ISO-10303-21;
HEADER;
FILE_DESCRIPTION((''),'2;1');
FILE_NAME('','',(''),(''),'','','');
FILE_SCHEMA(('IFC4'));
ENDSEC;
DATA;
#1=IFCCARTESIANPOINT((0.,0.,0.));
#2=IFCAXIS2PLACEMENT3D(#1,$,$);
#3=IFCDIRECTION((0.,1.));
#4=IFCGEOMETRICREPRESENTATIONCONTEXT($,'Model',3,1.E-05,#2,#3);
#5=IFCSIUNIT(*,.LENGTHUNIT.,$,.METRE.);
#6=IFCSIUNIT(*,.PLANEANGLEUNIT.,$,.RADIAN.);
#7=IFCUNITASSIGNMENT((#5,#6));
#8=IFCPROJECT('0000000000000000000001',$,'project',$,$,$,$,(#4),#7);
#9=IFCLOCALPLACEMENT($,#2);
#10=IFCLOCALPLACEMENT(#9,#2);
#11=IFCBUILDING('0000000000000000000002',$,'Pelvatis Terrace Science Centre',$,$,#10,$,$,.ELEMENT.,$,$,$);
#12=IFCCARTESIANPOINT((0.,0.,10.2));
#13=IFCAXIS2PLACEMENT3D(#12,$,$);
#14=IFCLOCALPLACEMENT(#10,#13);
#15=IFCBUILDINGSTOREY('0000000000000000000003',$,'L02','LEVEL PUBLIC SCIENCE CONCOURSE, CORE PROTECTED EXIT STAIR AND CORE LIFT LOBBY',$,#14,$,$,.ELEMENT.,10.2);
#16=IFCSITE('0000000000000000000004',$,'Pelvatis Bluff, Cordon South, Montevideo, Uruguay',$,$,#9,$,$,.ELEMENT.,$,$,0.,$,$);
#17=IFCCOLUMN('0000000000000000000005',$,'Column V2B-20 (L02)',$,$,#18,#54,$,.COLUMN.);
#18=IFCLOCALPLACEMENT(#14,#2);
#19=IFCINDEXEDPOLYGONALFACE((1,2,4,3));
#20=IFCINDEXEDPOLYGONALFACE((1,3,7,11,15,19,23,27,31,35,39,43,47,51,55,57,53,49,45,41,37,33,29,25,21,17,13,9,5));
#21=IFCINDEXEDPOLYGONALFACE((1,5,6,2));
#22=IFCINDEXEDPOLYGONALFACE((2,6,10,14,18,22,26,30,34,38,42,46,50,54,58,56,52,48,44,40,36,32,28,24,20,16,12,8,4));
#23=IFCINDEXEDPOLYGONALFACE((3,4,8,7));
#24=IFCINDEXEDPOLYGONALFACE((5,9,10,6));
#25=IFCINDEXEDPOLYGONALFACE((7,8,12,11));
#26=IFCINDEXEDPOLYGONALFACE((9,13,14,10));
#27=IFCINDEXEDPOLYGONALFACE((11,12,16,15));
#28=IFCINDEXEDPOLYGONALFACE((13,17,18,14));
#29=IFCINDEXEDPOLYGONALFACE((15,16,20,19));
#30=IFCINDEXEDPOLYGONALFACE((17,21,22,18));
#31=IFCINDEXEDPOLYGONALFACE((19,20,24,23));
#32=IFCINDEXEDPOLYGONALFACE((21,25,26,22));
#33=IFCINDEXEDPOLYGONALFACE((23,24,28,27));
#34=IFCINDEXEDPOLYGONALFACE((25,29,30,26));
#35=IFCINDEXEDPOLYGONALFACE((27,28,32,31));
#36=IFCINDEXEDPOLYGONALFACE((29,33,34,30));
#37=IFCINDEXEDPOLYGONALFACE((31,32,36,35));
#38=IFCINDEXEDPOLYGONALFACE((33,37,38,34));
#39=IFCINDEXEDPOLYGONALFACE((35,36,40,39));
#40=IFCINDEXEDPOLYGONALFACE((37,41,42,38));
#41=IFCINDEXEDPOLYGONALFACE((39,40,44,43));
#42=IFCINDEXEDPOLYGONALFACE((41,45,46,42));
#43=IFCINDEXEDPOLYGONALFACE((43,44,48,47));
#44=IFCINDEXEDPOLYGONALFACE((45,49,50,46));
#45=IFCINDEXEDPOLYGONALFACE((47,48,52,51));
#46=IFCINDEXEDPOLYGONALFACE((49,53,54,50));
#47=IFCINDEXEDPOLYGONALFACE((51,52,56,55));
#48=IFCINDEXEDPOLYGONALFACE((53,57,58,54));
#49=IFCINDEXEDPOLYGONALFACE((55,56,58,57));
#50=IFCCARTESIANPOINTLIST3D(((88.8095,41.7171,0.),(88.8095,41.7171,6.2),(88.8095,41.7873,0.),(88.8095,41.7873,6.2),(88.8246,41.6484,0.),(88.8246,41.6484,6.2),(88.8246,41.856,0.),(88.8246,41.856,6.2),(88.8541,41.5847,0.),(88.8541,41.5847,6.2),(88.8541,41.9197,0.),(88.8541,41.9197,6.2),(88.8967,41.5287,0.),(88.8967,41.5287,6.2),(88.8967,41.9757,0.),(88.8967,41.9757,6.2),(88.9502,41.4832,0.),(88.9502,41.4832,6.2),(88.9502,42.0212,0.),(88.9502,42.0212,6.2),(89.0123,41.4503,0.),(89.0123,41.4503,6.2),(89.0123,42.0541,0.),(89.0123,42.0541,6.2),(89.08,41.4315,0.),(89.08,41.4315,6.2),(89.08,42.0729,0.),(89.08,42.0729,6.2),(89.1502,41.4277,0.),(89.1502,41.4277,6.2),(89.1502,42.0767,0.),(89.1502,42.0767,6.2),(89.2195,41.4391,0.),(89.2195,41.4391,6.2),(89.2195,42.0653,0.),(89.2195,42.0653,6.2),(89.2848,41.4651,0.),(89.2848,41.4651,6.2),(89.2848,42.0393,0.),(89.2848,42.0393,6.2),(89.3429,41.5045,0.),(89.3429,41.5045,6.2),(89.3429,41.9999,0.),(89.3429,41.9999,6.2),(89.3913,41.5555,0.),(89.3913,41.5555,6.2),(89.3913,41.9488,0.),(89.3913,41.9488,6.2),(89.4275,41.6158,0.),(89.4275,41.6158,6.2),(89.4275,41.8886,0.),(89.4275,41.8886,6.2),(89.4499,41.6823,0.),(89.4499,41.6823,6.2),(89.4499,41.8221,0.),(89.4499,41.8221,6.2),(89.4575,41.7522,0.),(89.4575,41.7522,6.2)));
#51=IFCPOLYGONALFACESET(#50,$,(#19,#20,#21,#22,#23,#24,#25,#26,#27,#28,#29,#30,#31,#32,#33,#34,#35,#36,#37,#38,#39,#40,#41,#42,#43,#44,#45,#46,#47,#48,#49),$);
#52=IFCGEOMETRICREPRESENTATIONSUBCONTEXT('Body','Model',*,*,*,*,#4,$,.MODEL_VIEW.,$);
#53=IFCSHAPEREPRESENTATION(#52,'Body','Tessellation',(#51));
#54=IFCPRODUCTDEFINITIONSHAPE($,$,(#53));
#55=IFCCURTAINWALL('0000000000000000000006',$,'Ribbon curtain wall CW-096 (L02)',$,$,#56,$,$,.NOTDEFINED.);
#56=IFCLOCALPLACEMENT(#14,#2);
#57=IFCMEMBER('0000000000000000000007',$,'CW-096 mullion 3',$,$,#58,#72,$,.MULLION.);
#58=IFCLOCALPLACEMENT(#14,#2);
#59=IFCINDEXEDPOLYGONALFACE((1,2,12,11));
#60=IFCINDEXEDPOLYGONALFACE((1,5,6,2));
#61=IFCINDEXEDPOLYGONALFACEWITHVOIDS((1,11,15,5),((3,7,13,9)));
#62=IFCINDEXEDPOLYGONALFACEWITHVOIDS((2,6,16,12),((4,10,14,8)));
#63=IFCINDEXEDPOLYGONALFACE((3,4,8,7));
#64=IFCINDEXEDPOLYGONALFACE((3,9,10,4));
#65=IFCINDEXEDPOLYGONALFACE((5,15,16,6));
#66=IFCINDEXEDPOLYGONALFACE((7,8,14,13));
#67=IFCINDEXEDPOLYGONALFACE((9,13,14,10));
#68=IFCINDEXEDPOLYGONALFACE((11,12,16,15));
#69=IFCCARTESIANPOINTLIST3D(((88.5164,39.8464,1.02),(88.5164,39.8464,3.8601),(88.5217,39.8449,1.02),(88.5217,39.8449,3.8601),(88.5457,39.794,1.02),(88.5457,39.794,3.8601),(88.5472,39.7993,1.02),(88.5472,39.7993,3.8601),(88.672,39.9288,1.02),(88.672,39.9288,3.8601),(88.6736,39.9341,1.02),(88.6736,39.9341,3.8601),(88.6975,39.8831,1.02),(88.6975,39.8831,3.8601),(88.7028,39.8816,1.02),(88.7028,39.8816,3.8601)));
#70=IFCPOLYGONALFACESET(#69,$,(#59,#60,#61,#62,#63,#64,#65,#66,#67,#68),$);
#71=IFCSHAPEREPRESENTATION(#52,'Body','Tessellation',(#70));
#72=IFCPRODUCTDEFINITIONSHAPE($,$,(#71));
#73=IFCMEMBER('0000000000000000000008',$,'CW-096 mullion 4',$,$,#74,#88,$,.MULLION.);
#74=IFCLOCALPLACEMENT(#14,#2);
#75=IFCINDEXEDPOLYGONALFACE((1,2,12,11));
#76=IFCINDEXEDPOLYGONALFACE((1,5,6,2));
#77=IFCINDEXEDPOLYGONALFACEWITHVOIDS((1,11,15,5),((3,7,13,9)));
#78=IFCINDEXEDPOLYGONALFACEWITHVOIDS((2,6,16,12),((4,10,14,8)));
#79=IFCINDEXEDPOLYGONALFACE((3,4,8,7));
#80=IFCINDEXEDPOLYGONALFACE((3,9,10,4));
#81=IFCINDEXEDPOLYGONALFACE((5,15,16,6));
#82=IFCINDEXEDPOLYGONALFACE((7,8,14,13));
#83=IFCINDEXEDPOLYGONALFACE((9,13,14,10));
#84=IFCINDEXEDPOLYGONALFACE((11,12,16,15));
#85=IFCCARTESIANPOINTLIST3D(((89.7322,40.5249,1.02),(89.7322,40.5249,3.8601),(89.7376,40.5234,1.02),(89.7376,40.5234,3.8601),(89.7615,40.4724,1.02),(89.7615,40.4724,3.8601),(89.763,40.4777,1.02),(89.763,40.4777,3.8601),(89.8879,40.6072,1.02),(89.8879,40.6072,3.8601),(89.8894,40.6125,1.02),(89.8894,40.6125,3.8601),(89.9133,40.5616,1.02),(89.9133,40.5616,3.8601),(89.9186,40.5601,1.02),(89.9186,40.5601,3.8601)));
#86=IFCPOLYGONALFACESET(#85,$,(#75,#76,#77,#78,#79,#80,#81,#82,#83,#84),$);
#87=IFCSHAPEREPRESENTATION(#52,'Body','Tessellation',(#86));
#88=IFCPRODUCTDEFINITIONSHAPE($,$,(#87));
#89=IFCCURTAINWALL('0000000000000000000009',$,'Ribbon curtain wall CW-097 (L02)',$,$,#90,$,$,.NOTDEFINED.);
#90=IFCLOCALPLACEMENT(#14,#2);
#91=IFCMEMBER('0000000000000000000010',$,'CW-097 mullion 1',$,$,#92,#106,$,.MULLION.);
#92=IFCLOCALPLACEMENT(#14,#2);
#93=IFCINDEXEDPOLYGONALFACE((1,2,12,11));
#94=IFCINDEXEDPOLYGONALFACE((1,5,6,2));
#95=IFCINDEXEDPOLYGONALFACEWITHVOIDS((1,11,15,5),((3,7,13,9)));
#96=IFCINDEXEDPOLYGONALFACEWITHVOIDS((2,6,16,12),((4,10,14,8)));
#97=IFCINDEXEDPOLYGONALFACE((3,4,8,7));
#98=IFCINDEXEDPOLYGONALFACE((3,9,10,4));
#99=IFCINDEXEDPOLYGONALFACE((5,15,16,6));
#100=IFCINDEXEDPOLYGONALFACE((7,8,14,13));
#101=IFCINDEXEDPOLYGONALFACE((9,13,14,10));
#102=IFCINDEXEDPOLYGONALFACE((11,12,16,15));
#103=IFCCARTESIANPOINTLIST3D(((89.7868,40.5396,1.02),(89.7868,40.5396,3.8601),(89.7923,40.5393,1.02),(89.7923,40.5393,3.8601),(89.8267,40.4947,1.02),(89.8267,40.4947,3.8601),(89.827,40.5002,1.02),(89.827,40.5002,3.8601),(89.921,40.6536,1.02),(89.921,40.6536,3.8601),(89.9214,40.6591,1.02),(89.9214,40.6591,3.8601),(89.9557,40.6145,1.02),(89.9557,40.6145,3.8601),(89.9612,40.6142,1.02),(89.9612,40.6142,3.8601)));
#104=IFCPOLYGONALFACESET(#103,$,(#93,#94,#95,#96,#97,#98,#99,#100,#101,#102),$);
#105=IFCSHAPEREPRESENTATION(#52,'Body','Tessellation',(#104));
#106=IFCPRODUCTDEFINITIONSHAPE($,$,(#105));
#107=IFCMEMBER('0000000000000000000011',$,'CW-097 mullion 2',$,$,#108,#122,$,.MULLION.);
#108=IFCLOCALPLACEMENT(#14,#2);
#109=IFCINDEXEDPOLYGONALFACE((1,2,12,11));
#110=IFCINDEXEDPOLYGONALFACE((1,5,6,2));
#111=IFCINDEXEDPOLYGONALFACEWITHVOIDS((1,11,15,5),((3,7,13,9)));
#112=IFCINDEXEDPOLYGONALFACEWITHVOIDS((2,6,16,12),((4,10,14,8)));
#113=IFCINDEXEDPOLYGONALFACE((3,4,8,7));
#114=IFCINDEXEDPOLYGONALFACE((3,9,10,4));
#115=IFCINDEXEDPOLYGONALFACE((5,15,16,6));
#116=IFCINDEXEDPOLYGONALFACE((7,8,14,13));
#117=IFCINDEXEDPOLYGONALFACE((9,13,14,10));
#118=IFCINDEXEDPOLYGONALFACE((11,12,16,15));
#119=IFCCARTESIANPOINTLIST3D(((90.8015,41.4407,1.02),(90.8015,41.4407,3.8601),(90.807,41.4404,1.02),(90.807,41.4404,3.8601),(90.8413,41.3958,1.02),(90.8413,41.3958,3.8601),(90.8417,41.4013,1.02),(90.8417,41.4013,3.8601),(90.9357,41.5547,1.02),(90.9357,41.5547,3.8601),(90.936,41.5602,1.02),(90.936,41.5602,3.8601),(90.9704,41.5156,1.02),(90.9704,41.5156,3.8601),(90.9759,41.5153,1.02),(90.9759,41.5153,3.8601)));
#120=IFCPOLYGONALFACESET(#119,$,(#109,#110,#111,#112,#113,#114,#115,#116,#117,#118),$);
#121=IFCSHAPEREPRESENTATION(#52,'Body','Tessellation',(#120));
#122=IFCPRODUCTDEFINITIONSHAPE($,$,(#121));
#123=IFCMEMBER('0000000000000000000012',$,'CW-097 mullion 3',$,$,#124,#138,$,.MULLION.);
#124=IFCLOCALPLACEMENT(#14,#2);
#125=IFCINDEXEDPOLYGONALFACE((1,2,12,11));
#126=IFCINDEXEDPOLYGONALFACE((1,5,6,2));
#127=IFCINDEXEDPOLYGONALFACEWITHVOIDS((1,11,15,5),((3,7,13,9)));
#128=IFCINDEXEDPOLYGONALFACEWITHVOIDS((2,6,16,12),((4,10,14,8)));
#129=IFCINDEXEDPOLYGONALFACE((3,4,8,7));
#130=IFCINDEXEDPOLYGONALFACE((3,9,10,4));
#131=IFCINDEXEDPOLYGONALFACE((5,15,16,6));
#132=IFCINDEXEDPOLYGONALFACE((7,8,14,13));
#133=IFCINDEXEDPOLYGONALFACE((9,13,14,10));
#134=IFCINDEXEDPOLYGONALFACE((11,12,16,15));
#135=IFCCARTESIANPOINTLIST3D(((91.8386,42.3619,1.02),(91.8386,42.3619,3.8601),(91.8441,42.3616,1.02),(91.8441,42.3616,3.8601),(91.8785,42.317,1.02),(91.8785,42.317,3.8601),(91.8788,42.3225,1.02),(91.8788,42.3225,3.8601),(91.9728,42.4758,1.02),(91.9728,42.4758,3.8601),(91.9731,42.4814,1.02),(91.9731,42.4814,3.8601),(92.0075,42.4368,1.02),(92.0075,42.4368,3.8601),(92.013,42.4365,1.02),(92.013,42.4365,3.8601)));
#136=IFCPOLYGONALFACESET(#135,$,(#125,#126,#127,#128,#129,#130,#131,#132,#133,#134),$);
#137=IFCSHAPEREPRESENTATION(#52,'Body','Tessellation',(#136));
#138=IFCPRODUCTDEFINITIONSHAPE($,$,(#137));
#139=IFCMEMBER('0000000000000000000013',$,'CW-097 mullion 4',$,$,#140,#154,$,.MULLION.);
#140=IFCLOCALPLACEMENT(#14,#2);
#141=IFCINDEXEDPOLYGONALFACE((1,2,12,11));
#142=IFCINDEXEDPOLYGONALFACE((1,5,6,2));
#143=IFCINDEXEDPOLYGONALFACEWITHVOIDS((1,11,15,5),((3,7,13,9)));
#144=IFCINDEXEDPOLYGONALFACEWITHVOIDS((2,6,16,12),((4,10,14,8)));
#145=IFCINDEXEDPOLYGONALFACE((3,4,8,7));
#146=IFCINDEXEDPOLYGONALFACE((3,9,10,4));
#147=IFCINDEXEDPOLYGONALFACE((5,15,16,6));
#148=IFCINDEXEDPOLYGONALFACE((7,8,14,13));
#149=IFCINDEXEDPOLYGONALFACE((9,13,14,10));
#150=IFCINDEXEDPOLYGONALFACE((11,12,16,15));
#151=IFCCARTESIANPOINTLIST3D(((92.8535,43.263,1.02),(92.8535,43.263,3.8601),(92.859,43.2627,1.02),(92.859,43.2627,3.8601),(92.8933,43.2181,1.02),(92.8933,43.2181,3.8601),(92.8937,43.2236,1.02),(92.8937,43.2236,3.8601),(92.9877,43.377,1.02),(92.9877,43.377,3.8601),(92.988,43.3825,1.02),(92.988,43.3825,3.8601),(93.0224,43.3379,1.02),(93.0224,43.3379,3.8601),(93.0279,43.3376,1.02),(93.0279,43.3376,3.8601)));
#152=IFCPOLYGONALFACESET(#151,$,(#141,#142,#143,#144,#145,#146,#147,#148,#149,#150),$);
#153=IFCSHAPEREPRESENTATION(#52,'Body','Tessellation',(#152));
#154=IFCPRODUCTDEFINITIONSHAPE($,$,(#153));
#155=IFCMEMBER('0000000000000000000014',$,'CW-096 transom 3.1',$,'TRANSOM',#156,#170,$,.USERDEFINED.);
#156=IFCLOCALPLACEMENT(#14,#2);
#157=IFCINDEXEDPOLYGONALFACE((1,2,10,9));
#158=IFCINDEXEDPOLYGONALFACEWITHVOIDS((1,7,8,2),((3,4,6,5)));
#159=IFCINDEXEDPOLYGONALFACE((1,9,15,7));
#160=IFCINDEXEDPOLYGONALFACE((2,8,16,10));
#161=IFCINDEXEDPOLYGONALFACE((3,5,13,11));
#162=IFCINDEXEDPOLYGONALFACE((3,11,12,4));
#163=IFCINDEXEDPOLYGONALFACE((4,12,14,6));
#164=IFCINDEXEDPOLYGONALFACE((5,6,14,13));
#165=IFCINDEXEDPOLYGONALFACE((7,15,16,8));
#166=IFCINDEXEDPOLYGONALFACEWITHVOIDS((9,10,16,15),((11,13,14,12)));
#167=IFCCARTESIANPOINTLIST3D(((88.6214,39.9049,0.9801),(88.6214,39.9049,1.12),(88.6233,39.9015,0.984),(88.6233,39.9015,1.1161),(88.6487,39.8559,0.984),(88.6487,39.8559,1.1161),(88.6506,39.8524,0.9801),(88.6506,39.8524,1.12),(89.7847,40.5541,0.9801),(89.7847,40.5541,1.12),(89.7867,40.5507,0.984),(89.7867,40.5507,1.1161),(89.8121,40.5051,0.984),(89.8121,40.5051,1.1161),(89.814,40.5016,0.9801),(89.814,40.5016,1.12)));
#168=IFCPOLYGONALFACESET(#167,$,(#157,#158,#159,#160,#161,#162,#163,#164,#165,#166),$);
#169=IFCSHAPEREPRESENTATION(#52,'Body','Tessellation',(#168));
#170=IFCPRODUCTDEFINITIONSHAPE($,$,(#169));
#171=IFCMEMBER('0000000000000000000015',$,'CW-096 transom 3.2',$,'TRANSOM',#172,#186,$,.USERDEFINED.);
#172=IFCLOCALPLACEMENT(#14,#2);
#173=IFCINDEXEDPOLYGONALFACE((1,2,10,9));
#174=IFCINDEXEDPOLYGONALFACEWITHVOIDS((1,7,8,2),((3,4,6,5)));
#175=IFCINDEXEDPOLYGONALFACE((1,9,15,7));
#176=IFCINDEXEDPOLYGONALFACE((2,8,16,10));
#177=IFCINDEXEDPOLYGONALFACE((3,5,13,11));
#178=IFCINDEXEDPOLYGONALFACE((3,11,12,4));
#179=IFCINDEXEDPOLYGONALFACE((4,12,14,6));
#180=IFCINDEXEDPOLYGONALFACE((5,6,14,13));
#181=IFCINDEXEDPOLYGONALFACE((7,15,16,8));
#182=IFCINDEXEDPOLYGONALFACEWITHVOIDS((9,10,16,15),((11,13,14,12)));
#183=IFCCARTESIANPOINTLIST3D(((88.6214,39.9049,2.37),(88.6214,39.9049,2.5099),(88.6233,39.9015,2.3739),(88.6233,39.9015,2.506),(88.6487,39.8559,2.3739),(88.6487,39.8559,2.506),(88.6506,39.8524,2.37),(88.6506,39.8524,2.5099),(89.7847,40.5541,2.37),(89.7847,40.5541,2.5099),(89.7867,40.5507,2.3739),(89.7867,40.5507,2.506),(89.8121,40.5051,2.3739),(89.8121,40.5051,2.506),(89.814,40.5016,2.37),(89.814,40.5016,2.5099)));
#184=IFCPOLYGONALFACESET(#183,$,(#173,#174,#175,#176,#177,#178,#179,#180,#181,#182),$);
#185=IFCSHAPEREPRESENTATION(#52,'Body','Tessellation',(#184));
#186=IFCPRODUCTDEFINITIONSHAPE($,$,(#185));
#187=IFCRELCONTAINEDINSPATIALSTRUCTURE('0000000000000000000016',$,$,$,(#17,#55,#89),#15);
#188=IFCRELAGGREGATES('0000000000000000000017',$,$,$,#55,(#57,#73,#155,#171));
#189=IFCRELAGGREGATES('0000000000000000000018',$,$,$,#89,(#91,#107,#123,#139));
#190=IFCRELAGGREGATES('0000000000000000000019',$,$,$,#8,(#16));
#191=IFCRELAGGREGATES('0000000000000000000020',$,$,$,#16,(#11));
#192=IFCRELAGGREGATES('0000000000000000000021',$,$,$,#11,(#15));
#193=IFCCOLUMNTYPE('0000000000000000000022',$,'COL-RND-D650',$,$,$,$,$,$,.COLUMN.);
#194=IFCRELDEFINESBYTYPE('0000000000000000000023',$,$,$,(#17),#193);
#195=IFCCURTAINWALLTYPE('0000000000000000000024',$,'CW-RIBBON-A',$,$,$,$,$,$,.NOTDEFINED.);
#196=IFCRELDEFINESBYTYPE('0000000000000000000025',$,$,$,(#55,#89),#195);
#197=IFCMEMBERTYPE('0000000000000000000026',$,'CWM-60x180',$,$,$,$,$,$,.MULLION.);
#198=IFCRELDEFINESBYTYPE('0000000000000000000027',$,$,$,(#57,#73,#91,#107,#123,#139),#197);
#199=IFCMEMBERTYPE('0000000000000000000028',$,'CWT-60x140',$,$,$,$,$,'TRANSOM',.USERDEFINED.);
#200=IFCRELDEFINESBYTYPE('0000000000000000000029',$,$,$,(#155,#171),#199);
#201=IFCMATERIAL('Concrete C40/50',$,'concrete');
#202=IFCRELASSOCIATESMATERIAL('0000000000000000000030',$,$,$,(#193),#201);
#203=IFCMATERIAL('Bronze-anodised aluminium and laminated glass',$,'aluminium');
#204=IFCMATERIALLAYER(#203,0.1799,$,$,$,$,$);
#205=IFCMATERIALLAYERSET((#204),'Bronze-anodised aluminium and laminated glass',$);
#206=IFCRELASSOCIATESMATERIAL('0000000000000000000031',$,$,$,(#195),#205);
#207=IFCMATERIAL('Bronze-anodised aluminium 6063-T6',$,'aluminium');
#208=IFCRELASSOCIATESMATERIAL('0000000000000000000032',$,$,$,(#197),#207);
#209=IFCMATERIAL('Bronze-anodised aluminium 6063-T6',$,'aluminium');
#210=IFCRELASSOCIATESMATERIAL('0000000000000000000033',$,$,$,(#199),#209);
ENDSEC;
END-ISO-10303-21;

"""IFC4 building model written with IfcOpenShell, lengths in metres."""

from ifc_helpers import new_model, si_unit, direction, frame, origin, origin_2d, place, context, subcontext, project, spatial, hollow_rectangle, circle, extrude, material, layer, layer_set, material_profile, profile_set, type_object, element, aggregate, save


model = new_model("IFC4")

# Units and contexts
model_context = context("Model", 3, precision=1e-05, world=origin(), true_north=direction((0.0, 1.0)))
body_context = subcontext(model_context, "Body", "Model", "MODEL_VIEW")
ifc_project = project(units=[si_unit("LENGTHUNIT", "METRE"), si_unit("PLANEANGLEUNIT", "RADIAN")], contexts=[model_context])

# Site, building, storey
site_placement = place(None, origin())
site = spatial("IfcSite", under=ifc_project, at=site_placement, Name="Pelvatis Bluff, Cordon South, Montevideo, Uruguay", CompositionType="ELEMENT", RefElevation=0.0)
building_placement = place(site_placement, origin())
building = spatial("IfcBuilding", under=site, at=building_placement, Name="Pelvatis Terrace Science Centre", CompositionType="ELEMENT")
storey_placement = place(building_placement, frame((0.0, 0.0, 10.2)))
storey = spatial("IfcBuildingStorey", under=building, at=storey_placement, Name="L02", Description="LEVEL PUBLIC SCIENCE CONCOURSE, CORE PROTECTED EXIT STAIR AND CORE LIFT LOBBY", CompositionType="ELEMENT", Elevation=10.2)

# Column
ifc_material_1 = material(Name="Concrete C40/50", Category="concrete")
ifc_material_profile_1 = material_profile(ifc_material_1, circle(Radius=0.325, at=origin_2d()), Name="RC-RCOL D650")
ifc_profile_set_1 = profile_set([ifc_material_profile_1], Name="Concrete C40/50")
column_type = type_object("IfcColumnType", Name="COL-RND-D650", PredefinedType="COLUMN", material=ifc_profile_set_1)
column_placement = place(storey_placement, frame((89.1326, 41.7522, 0.0), z_axis=(0.0, 0.0, 1.0), x_axis=(1.0, 0.0, 0.0)))
element("IfcColumn", 1, at=column_placement, inside=storey, type_object=column_type, Name="Column V2B-20 (L02)", PredefinedType="COLUMN", context=body_context, shape_type="SweptSolid", body=[
    extrude(circle(Radius=0.325, at=origin_2d()), origin(), (0.0, 0.0, 1.0), 6.2),
])

# Curtain walls, members
ifc_material_2 = material(Name="Bronze-anodised aluminium and laminated glass", Category="aluminium")
ifc_layer_1 = layer(ifc_material_2, 0.1799)
ifc_layer_set_1 = layer_set([ifc_layer_1], Name="Bronze-anodised aluminium and laminated glass")
curtain_wall_type = type_object("IfcCurtainWallType", Name="CW-RIBBON-A", PredefinedType="NOTDEFINED", material=ifc_layer_set_1)
curtain_wall_1_placement = place(storey_placement, origin())
curtain_wall_1 = element("IfcCurtainWall", 2, at=curtain_wall_1_placement, inside=storey, type_object=curtain_wall_type, Name="Ribbon curtain wall CW-096 (L02)", PredefinedType="NOTDEFINED")
ifc_material_3 = material(Name="Bronze-anodised aluminium 6063-T6", Category="aluminium")
ifc_material_profile_2 = material_profile(ifc_material_3, hollow_rectangle(XDim=0.0601, YDim=0.1799, WallThickness=0.0039, at=origin_2d()), Name="ALU-MUL 60x180")
ifc_profile_set_2 = profile_set([ifc_material_profile_2], Name="Bronze-anodised aluminium 6063-T6")
member_type_1 = type_object("IfcMemberType", Name="CWM-60x180", PredefinedType="MULLION", material=ifc_profile_set_2)
member_1_placement = place(storey_placement, frame((88.6096, 39.864, 1.02), z_axis=(0.0, 0.0, 1.0), x_axis=(-0.487256, 0.873259, 0.0)))
member_1 = element("IfcMember", 3, at=member_1_placement, type_object=member_type_1, Name="CW-096 mullion 3", PredefinedType="MULLION", context=body_context, shape_type="SweptSolid", body=[
    extrude(hollow_rectangle(XDim=0.0601, YDim=0.1799, WallThickness=0.0039, at=origin_2d()), origin(), (0.0, 0.0, 1.0), 2.8401),
])
member_2_placement = place(storey_placement, frame((89.8254, 40.5425, 1.02), z_axis=(0.0, 0.0, 1.0), x_axis=(-0.487256, 0.873259, 0.0)))
member_2 = element("IfcMember", 4, at=member_2_placement, type_object=member_type_1, Name="CW-096 mullion 4", PredefinedType="MULLION", context=body_context, shape_type="SweptSolid", body=[
    extrude(hollow_rectangle(XDim=0.0601, YDim=0.1799, WallThickness=0.0039, at=origin_2d()), origin(), (0.0, 0.0, 1.0), 2.8401),
])
curtain_wall_2_placement = place(storey_placement, origin())
curtain_wall_2 = element("IfcCurtainWall", 5, at=curtain_wall_2_placement, inside=storey, type_object=curtain_wall_type, Name="Ribbon curtain wall CW-097 (L02)", PredefinedType="NOTDEFINED")
member_3_placement = place(storey_placement, frame((89.874, 40.5769, 1.02), z_axis=(0.0, 0.0, 1.0), x_axis=(-0.664016, 0.747718, 0.0)))
member_3 = element("IfcMember", 6, at=member_3_placement, type_object=member_type_1, Name="CW-097 mullion 1", PredefinedType="MULLION", context=body_context, shape_type="SweptSolid", body=[
    extrude(hollow_rectangle(XDim=0.0601, YDim=0.1799, WallThickness=0.0039, at=origin_2d()), origin(), (0.0, 0.0, 1.0), 2.8401),
])
member_4_placement = place(storey_placement, frame((90.8887, 41.478, 1.02), z_axis=(0.0, 0.0, 1.0), x_axis=(-0.664016, 0.747718, 0.0)))
member_4 = element("IfcMember", 7, at=member_4_placement, type_object=member_type_1, Name="CW-097 mullion 2", PredefinedType="MULLION", context=body_context, shape_type="SweptSolid", body=[
    extrude(hollow_rectangle(XDim=0.0601, YDim=0.1799, WallThickness=0.0039, at=origin_2d()), origin(), (0.0, 0.0, 1.0), 2.8401),
])
member_5_placement = place(storey_placement, frame((91.9258, 42.3992, 1.02), z_axis=(0.0, 0.0, 1.0), x_axis=(-0.664016, 0.747718, 0.0)))
member_5 = element("IfcMember", 8, at=member_5_placement, type_object=member_type_1, Name="CW-097 mullion 3", PredefinedType="MULLION", context=body_context, shape_type="SweptSolid", body=[
    extrude(hollow_rectangle(XDim=0.0601, YDim=0.1799, WallThickness=0.0039, at=origin_2d()), origin(), (0.0, 0.0, 1.0), 2.8401),
])
member_6_placement = place(storey_placement, frame((92.9407, 43.3003, 1.02), z_axis=(0.0, 0.0, 1.0), x_axis=(-0.664016, 0.747718, 0.0)))
member_6 = element("IfcMember", 9, at=member_6_placement, type_object=member_type_1, Name="CW-097 mullion 4", PredefinedType="MULLION", context=body_context, shape_type="SweptSolid", body=[
    extrude(hollow_rectangle(XDim=0.0601, YDim=0.1799, WallThickness=0.0039, at=origin_2d()), origin(), (0.0, 0.0, 1.0), 2.8401),
])

# Members
ifc_material_4 = material(Name="Bronze-anodised aluminium 6063-T6", Category="aluminium")
ifc_material_profile_3 = material_profile(ifc_material_4, hollow_rectangle(XDim=0.0601, YDim=0.1399, WallThickness=0.0039, at=origin_2d()), Name="ALU-TRN 60x140")
ifc_profile_set_3 = profile_set([ifc_material_profile_3], Name="Bronze-anodised aluminium 6063-T6")
member_type_2 = type_object("IfcMemberType", Name="CWT-60x140", ElementType="TRANSOM", PredefinedType="USERDEFINED", material=ifc_profile_set_3)
member_7_placement = place(storey_placement, frame((88.636, 39.8787, 1.05), z_axis=(0.873239, 0.487291, 0.0), x_axis=(-0.487291, 0.873239, 0.0)))
member_7 = element("IfcMember", 10, at=member_7_placement, type_object=member_type_2, Name="CW-096 transom 3.1", ObjectType="TRANSOM", PredefinedType="USERDEFINED", context=body_context, shape_type="SweptSolid", body=[
    extrude(hollow_rectangle(XDim=0.0601, YDim=0.1399, WallThickness=0.0039, at=origin_2d()), origin(), (0.0, 0.0, 1.0), 1.3323),
])
member_8_placement = place(storey_placement, frame((88.636, 39.8787, 2.4399), z_axis=(0.873239, 0.487291, 0.0), x_axis=(-0.487291, 0.873239, 0.0)))
member_8 = element("IfcMember", 11, at=member_8_placement, type_object=member_type_2, Name="CW-096 transom 3.2", ObjectType="TRANSOM", PredefinedType="USERDEFINED", context=body_context, shape_type="SweptSolid", body=[
    extrude(hollow_rectangle(XDim=0.0601, YDim=0.1399, WallThickness=0.0039, at=origin_2d()), origin(), (0.0, 0.0, 1.0), 1.3323),
])

aggregate(curtain_wall_1, [member_1, member_2, member_7, member_8])
aggregate(curtain_wall_2, [member_3, member_4, member_5, member_6])

save(model, "model.ifc")
